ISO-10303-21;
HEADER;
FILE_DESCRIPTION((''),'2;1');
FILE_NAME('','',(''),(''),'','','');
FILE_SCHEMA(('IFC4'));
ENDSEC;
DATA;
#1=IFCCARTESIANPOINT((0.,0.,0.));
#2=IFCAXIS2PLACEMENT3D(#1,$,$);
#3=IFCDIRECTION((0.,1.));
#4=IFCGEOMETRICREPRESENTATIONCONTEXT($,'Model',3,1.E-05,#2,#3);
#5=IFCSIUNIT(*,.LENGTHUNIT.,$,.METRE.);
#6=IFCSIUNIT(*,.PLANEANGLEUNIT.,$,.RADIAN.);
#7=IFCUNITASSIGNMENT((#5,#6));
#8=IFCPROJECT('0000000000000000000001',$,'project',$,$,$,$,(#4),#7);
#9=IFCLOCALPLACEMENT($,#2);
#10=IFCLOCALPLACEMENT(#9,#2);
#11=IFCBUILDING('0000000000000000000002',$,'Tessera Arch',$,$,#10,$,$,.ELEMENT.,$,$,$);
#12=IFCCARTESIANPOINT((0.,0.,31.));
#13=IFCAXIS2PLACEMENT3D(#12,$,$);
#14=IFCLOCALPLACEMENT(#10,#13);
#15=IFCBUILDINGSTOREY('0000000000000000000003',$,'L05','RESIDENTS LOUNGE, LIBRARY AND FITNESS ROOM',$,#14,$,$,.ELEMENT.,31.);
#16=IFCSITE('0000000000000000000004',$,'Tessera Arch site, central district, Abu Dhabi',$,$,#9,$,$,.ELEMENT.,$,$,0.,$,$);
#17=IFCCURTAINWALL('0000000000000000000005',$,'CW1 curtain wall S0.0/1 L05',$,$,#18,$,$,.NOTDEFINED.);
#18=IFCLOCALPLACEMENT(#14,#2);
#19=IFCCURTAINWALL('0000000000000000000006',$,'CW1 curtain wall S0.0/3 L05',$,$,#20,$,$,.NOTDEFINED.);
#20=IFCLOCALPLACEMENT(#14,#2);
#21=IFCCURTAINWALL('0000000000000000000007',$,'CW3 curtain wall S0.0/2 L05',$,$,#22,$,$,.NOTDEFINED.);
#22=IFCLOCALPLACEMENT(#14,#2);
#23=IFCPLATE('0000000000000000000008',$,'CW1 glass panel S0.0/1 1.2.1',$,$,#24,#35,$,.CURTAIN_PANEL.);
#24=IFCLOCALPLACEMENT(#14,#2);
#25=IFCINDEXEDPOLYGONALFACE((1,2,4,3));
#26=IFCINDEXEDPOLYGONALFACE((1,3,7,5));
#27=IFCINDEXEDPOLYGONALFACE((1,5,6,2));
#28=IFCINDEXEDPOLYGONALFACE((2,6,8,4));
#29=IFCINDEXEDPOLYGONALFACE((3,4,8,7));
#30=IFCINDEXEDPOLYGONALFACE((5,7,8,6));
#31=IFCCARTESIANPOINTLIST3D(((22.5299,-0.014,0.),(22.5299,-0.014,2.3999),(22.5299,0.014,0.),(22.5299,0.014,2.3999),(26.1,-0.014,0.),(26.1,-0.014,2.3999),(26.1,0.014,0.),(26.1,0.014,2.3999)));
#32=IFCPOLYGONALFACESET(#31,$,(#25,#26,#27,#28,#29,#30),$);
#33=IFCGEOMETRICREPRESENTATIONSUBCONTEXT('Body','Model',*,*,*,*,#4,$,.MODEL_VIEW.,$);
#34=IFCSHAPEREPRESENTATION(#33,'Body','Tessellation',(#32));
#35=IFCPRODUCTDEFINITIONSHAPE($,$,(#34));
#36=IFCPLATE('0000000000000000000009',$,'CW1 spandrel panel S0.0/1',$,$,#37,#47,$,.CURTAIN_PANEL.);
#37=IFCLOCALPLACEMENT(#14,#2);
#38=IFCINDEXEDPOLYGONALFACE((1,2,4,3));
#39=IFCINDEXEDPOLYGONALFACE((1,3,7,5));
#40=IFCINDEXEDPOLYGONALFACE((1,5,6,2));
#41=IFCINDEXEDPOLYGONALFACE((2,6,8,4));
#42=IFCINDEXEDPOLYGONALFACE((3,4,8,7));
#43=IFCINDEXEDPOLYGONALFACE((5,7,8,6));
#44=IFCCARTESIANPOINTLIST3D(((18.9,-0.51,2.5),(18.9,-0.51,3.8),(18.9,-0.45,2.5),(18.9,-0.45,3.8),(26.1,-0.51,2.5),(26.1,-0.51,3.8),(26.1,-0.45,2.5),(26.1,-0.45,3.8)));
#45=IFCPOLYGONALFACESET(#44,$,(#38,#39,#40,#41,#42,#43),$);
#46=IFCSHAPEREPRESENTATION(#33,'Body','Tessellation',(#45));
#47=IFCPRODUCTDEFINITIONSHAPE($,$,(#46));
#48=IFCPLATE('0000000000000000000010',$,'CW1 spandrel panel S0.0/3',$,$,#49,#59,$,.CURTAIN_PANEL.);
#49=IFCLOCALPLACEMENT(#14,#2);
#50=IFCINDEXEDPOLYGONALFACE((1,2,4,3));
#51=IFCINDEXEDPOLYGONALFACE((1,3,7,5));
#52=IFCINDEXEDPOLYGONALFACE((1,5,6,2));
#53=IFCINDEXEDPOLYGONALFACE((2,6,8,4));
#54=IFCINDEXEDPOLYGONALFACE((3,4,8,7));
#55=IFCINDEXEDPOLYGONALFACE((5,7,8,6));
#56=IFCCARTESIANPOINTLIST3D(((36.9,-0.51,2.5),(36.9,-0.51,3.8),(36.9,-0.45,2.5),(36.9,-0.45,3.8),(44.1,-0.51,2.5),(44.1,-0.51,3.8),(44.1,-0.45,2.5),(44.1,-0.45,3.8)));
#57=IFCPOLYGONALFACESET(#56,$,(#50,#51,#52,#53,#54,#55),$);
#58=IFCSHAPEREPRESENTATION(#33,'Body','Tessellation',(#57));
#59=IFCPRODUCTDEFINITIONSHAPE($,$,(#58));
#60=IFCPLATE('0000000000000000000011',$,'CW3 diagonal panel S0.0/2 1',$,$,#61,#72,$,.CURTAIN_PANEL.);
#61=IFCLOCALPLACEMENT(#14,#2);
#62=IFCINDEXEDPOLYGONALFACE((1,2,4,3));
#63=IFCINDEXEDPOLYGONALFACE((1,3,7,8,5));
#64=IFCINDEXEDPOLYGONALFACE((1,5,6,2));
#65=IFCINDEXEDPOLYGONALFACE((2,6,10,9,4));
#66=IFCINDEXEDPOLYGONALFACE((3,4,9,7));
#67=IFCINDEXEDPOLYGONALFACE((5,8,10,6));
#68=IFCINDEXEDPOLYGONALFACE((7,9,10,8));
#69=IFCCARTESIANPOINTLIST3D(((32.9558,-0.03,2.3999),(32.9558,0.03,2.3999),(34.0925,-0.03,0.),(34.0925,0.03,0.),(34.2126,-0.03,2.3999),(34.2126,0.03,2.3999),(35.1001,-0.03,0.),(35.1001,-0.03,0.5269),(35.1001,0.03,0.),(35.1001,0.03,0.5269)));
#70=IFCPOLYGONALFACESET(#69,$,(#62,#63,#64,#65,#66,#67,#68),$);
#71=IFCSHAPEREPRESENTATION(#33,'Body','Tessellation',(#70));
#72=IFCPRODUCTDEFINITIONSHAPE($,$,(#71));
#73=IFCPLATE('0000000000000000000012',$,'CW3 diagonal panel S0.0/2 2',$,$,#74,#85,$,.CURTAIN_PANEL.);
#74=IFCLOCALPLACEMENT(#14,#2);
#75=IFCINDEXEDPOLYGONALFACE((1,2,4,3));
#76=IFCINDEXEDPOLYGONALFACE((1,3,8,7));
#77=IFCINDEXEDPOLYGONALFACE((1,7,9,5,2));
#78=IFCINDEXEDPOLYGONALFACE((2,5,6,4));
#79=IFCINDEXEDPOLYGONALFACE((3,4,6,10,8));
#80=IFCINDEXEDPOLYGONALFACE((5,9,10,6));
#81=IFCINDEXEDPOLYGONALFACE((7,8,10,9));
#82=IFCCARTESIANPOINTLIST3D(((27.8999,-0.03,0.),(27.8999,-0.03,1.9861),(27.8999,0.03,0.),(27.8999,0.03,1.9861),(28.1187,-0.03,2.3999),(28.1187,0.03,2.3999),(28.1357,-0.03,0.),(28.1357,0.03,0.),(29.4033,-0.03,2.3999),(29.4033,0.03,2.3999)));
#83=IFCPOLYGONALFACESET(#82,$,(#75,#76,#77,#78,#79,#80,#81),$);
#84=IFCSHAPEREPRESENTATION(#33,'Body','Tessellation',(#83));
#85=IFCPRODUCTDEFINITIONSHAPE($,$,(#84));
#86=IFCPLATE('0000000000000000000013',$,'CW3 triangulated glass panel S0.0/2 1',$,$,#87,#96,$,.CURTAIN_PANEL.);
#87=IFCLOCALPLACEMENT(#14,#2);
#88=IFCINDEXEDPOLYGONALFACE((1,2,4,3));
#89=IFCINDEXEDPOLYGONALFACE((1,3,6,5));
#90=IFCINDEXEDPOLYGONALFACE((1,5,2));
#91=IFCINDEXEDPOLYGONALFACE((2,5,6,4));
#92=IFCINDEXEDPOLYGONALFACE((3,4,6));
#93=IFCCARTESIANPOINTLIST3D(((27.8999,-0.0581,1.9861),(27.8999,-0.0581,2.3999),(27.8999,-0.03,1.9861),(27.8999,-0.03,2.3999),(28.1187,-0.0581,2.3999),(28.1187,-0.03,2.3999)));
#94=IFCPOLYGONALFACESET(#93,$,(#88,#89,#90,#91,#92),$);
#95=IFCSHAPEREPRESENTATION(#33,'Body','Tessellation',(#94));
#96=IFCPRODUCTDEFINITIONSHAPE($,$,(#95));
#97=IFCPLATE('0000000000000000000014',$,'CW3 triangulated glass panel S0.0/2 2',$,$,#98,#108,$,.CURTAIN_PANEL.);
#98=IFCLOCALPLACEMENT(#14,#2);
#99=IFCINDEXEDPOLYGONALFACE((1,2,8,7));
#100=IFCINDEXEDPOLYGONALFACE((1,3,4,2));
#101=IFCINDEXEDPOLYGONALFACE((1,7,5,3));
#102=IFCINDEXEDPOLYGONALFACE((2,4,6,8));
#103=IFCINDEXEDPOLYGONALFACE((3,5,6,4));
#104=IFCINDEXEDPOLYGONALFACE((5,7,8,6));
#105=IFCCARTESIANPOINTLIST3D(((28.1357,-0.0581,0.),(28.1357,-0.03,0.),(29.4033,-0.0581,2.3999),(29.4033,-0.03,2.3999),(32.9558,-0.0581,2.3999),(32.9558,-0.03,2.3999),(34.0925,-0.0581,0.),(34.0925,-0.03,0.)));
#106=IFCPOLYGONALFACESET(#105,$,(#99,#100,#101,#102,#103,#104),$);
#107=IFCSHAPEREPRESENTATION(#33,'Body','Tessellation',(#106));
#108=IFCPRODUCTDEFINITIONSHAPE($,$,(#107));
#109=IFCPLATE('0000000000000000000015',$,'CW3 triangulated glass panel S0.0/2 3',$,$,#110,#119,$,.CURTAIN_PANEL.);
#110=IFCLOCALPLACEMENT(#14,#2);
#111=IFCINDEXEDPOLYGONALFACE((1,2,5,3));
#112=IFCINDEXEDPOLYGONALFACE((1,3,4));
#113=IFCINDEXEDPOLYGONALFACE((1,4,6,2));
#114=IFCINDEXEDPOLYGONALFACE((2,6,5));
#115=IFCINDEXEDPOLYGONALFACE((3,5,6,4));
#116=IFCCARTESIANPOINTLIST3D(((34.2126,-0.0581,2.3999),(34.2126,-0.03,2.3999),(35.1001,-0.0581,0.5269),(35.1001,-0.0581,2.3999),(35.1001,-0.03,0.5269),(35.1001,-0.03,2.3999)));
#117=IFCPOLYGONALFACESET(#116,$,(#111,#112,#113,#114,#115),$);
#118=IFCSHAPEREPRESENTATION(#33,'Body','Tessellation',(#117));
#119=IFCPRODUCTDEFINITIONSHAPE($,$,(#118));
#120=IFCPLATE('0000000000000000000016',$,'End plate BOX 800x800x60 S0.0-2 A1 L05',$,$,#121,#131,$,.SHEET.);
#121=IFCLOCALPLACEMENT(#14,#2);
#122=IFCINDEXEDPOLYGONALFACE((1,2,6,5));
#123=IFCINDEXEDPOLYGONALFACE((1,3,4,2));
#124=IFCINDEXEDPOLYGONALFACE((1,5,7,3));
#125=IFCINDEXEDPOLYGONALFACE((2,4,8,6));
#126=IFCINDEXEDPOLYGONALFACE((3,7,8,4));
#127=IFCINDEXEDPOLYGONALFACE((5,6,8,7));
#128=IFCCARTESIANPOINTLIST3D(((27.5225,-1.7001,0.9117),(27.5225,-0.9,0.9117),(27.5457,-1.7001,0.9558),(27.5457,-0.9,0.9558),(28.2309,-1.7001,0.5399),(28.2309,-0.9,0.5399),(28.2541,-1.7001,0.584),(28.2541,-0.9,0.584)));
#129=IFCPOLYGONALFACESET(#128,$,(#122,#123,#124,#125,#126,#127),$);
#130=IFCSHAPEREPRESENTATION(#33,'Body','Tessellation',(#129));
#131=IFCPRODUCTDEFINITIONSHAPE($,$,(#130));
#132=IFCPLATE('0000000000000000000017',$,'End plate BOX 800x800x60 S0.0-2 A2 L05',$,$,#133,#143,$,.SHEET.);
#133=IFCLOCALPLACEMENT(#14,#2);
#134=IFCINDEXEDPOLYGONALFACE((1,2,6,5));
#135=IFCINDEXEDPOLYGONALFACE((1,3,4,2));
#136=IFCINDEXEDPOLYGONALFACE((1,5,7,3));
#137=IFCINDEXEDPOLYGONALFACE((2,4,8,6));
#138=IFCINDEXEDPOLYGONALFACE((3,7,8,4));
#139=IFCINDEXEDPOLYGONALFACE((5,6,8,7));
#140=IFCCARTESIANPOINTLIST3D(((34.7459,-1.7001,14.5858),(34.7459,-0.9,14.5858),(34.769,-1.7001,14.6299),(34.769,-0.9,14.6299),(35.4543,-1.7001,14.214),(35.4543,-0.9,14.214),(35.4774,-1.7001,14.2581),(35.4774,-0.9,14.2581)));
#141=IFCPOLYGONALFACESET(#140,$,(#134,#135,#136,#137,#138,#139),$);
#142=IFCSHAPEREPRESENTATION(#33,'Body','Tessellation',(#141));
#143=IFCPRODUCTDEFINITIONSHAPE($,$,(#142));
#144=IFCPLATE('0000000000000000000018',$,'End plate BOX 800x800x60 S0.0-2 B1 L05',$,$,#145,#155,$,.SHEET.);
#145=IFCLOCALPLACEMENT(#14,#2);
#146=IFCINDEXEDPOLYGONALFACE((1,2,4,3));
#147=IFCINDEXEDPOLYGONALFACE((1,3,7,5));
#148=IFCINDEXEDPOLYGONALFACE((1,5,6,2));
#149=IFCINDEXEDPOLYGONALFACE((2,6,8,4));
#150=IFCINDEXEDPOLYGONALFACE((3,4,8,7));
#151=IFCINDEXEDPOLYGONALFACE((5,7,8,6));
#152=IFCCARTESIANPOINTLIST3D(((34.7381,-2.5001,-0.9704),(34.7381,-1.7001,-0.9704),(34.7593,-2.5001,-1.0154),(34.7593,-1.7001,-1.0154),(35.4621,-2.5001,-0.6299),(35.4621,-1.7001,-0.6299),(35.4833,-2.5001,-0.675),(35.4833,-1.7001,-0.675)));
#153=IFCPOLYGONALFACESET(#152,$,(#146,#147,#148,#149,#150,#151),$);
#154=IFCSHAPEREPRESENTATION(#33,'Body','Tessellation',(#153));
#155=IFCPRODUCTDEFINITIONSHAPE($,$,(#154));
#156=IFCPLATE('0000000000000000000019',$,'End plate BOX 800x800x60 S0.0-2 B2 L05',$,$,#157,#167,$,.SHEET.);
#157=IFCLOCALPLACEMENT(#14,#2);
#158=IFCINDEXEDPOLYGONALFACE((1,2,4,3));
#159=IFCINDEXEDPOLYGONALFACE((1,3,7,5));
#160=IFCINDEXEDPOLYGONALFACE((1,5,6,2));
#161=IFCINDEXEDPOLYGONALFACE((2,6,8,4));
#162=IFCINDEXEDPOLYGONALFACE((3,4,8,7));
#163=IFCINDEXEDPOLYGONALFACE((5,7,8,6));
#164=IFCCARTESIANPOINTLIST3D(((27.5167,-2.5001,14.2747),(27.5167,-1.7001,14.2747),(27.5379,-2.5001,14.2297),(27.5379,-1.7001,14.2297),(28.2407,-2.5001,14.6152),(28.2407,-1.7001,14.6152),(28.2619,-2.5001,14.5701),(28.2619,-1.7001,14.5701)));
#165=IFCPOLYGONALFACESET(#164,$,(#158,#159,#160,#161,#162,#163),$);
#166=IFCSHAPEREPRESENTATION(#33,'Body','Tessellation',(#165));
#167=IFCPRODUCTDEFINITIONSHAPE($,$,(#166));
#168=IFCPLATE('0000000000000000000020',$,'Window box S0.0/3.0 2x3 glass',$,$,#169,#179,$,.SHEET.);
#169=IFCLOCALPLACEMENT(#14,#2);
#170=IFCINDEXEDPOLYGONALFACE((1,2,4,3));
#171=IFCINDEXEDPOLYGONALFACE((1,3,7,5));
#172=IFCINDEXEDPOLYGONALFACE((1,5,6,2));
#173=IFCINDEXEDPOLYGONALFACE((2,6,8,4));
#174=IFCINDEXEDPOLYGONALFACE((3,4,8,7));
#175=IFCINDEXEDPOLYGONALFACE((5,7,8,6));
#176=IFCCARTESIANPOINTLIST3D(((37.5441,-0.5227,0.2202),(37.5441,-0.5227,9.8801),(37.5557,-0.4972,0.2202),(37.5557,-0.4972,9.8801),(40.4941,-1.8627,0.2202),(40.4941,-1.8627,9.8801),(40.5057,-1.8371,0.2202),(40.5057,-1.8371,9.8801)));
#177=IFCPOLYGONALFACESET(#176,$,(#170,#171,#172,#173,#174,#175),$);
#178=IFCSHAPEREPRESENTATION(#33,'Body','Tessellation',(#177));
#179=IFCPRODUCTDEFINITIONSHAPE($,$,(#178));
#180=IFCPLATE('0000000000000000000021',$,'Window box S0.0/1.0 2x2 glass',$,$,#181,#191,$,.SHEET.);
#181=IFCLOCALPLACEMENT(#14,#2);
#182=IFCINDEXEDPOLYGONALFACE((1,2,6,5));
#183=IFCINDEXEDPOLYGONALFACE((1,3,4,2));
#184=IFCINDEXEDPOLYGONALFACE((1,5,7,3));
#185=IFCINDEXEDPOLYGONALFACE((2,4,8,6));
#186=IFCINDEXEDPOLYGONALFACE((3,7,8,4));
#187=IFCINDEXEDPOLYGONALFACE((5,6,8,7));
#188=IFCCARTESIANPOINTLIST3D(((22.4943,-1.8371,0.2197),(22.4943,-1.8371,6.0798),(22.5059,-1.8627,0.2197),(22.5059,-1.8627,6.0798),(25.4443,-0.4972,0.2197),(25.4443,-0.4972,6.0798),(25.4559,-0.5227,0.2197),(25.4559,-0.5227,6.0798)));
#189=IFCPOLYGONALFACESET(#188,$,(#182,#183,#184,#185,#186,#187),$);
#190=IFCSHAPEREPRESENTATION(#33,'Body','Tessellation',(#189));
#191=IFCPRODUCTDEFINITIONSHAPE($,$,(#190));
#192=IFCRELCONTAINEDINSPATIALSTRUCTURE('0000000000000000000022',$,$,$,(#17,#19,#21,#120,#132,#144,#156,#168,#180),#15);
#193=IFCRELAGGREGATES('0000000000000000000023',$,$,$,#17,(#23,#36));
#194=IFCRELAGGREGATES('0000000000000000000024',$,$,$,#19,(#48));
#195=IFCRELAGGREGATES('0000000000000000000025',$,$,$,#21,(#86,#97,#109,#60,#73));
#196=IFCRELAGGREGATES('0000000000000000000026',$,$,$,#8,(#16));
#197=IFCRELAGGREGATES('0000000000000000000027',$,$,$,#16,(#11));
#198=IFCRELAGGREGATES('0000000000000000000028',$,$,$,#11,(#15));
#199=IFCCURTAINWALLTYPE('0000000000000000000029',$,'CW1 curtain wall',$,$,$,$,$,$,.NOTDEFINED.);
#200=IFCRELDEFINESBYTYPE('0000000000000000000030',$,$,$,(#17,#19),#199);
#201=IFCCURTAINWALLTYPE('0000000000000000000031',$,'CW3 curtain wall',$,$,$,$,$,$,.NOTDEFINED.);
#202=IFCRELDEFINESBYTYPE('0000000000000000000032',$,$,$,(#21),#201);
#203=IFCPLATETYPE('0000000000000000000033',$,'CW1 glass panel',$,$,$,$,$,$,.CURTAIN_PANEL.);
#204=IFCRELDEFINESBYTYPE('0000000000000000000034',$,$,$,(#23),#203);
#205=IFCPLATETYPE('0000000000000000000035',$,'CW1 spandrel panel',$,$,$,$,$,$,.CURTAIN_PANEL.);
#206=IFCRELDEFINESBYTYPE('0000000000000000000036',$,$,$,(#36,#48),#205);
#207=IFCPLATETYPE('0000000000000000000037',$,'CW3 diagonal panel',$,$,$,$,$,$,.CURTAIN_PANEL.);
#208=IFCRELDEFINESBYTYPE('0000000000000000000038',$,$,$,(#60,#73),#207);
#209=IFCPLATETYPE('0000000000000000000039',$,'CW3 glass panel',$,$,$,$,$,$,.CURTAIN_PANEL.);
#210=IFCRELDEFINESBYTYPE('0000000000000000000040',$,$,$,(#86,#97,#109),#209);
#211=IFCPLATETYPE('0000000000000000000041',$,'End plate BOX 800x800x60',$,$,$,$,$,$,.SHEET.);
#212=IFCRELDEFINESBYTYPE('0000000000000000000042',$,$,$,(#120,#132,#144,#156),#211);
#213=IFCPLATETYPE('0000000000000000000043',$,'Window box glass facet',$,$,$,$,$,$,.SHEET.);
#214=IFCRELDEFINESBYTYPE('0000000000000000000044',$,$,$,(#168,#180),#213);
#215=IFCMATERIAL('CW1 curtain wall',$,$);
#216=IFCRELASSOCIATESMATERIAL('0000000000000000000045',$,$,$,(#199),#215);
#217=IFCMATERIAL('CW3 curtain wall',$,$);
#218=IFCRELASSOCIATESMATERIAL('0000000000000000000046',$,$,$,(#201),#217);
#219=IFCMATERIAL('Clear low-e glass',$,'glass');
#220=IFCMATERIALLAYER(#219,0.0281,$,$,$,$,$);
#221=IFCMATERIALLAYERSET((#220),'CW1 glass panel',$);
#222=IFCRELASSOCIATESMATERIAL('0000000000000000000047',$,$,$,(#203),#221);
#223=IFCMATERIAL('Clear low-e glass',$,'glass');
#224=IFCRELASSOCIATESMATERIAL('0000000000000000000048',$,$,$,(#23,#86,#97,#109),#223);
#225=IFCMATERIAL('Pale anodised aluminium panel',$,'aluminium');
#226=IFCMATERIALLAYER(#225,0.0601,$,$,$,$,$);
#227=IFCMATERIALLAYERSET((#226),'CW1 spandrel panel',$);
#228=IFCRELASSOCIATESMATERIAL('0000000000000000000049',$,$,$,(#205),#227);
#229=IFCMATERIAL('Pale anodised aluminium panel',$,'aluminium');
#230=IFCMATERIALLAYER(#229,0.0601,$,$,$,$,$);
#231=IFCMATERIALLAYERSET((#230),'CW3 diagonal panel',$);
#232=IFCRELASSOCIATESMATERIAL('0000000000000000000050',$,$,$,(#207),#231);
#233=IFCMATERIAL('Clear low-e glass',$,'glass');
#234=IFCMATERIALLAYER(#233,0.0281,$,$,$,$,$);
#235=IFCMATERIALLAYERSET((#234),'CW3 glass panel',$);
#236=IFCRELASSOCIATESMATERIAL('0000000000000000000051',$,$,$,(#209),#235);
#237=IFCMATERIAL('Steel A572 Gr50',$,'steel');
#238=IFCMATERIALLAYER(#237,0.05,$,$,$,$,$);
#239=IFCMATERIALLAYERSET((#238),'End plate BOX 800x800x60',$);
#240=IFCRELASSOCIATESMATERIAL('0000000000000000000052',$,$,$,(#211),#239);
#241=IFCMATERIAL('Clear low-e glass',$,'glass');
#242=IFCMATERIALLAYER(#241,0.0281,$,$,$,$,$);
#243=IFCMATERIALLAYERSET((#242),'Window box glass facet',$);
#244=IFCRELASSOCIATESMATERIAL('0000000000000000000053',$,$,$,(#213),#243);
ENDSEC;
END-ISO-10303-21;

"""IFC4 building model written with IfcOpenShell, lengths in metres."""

from ifc_helpers import new_model, si_unit, direction, frame, origin, origin_2d, place, context, subcontext, project, spatial, polyline, rectangle, outline, extrude, material, layer, layer_set, type_object, element, aggregate, save


model = new_model("IFC4")

# Units and contexts
model_context = context("Model", 3, precision=1e-05, world=origin(), true_north=direction((0.0, 1.0)))
body_context = subcontext(model_context, "Body", "Model", "MODEL_VIEW")
ifc_project = project(units=[si_unit("LENGTHUNIT", "METRE"), si_unit("PLANEANGLEUNIT", "RADIAN")], contexts=[model_context])

# Site, building, storey
site_placement = place(None, origin())
site = spatial("IfcSite", under=ifc_project, at=site_placement, Name="Tessera Arch site, central district, Abu Dhabi", CompositionType="ELEMENT", RefElevation=0.0)
building_placement = place(site_placement, origin())
building = spatial("IfcBuilding", under=site, at=building_placement, Name="Tessera Arch", CompositionType="ELEMENT")
storey_placement = place(building_placement, frame((0.0, 0.0, 31.0)))
storey = spatial("IfcBuildingStorey", under=building, at=storey_placement, Name="L05", Description="RESIDENTS LOUNGE, LIBRARY AND FITNESS ROOM", CompositionType="ELEMENT", Elevation=31.0)

# Curtain walls
ifc_material_1 = material(Name="CW1 curtain wall")
curtain_wall_type_1 = type_object("IfcCurtainWallType", Name="CW1 curtain wall", PredefinedType="NOTDEFINED", material=ifc_material_1)
curtain_wall_1_placement = place(storey_placement, origin())
curtain_wall_1 = element("IfcCurtainWall", 1, at=curtain_wall_1_placement, inside=storey, type_object=curtain_wall_type_1, Name="CW1 curtain wall S0.0/1 L05", PredefinedType="NOTDEFINED")
curtain_wall_2_placement = place(storey_placement, origin())
curtain_wall_2 = element("IfcCurtainWall", 2, at=curtain_wall_2_placement, inside=storey, type_object=curtain_wall_type_1, Name="CW1 curtain wall S0.0/3 L05", PredefinedType="NOTDEFINED")
ifc_material_2 = material(Name="CW3 curtain wall")
curtain_wall_type_2 = type_object("IfcCurtainWallType", Name="CW3 curtain wall", PredefinedType="NOTDEFINED", material=ifc_material_2)
curtain_wall_3_placement = place(storey_placement, origin())
curtain_wall_3 = element("IfcCurtainWall", 3, at=curtain_wall_3_placement, inside=storey, type_object=curtain_wall_type_2, Name="CW3 curtain wall S0.0/2 L05", PredefinedType="NOTDEFINED")

# Plates
ifc_material_3 = material(Name="Clear low-e glass", Category="glass")
ifc_material_4 = material(Name="Clear low-e glass", Category="glass")
ifc_layer_1 = layer(ifc_material_4, 0.0281)
ifc_layer_set_1 = layer_set([ifc_layer_1], Name="CW1 glass panel")
plate_type_1 = type_object("IfcPlateType", Name="CW1 glass panel", PredefinedType="CURTAIN_PANEL", material=ifc_layer_set_1)
plate_1_placement = place(storey_placement, frame((24.3149, 0.0, 0.0), z_axis=(0.0, 0.0, 1.0), x_axis=(1.0, 0.0, 0.0)))
plate_1 = element("IfcPlate", 4, at=plate_1_placement, type_object=plate_type_1, material=ifc_material_3, Name="CW1 glass panel S0.0/1 1.2.1", PredefinedType="CURTAIN_PANEL", context=body_context, shape_type="SweptSolid", body=[
    extrude(rectangle(XDim=3.5701, YDim=0.0281, at=origin_2d()), origin(), (0.0, 0.0, 1.0), 2.3999),
])
ifc_material_5 = material(Name="Pale anodised aluminium panel", Category="aluminium")
ifc_layer_2 = layer(ifc_material_5, 0.0601)
ifc_layer_set_2 = layer_set([ifc_layer_2], Name="CW1 spandrel panel")
plate_type_2 = type_object("IfcPlateType", Name="CW1 spandrel panel", PredefinedType="CURTAIN_PANEL", material=ifc_layer_set_2)
plate_2_placement = place(storey_placement, frame((22.5, -0.48, 2.5), z_axis=(0.0, 0.0, 1.0), x_axis=(1.0, 0.0, 0.0)))
plate_2 = element("IfcPlate", 5, at=plate_2_placement, type_object=plate_type_2, Name="CW1 spandrel panel S0.0/1", PredefinedType="CURTAIN_PANEL", context=body_context, shape_type="SweptSolid", body=[
    extrude(rectangle(XDim=7.2, YDim=0.0601, at=origin_2d()), origin(), (0.0, 0.0, 1.0), 1.3),
])
aggregate(curtain_wall_1, [plate_1, plate_2])
plate_3_placement = place(storey_placement, frame((40.5, -0.48, 2.5), z_axis=(0.0, 0.0, 1.0), x_axis=(1.0, 0.0, 0.0)))
plate_3 = element("IfcPlate", 6, at=plate_3_placement, type_object=plate_type_2, Name="CW1 spandrel panel S0.0/3", PredefinedType="CURTAIN_PANEL", context=body_context, shape_type="SweptSolid", body=[
    extrude(rectangle(XDim=7.2, YDim=0.0601, at=origin_2d()), origin(), (0.0, 0.0, 1.0), 1.3),
])
aggregate(curtain_wall_2, [plate_3])
ifc_material_6 = material(Name="Pale anodised aluminium panel", Category="aluminium")
ifc_layer_3 = layer(ifc_material_6, 0.0601)
ifc_layer_set_3 = layer_set([ifc_layer_3], Name="CW3 diagonal panel")
plate_type_3 = type_object("IfcPlateType", Name="CW3 diagonal panel", PredefinedType="CURTAIN_PANEL", material=ifc_layer_set_3)
plate_4_placement = place(storey_placement, frame((35.1001, -0.03, 0.0), z_axis=(0.0, -1.0, 0.0), x_axis=(0.0, 0.0, 1.0)))
plate_4 = element("IfcPlate", 7, at=plate_4_placement, type_object=plate_type_3, Name="CW3 diagonal panel S0.0/2 1", PredefinedType="CURTAIN_PANEL", context=body_context, shape_type="SweptSolid", body=[
    extrude(outline(polyline([(0.0, 0.0), (0.5269, 0.0), (2.3999, 0.8875), (2.3999, 2.1443), (0.0, 1.0076), (0.0, 0.0)])), origin(), (0.0, 0.0, -1.0), 0.0601),
])
plate_5_placement = place(storey_placement, frame((29.4033, -0.03, 2.3999), z_axis=(0.0, -1.0, 0.0), x_axis=(-1.0, 0.0, 0.0)))
plate_5 = element("IfcPlate", 8, at=plate_5_placement, type_object=plate_type_3, Name="CW3 diagonal panel S0.0/2 2", PredefinedType="CURTAIN_PANEL", context=body_context, shape_type="SweptSolid", body=[
    extrude(outline(polyline([(0.0, 0.0), (1.2847, 0.0), (1.5034, 0.4138), (1.5034, 2.3999), (1.2676, 2.3999), (0.0, 0.0)])), origin(), (0.0, 0.0, -1.0), 0.0601),
])
ifc_material_7 = material(Name="Clear low-e glass", Category="glass")
ifc_layer_4 = layer(ifc_material_7, 0.0281)
ifc_layer_set_4 = layer_set([ifc_layer_4], Name="CW3 glass panel")
plate_type_4 = type_object("IfcPlateType", Name="CW3 glass panel", PredefinedType="CURTAIN_PANEL", material=ifc_layer_set_4)
plate_6_placement = place(storey_placement, frame((27.8999, -0.0581, 2.3999), z_axis=(0.0, -1.0, 0.0), x_axis=(0.0, 0.0, -1.0)))
plate_6 = element("IfcPlate", 9, at=plate_6_placement, type_object=plate_type_4, material=ifc_material_3, Name="CW3 triangulated glass panel S0.0/2 1", PredefinedType="CURTAIN_PANEL", context=body_context, shape_type="SweptSolid", body=[
    extrude(outline(polyline([(0.0, 0.0), (0.4138, 0.0), (0.0, 0.2188), (0.0, 0.0)])), origin(), (0.0, 0.0, -1.0), 0.0281),
])
plate_7_placement = place(storey_placement, frame((32.9558, -0.0581, 2.3999), z_axis=(0.0, -1.0, 0.0), x_axis=(-1.0, 0.0, 0.0)))
plate_7 = element("IfcPlate", 10, at=plate_7_placement, type_object=plate_type_4, material=ifc_material_3, Name="CW3 triangulated glass panel S0.0/2 2", PredefinedType="CURTAIN_PANEL", context=body_context, shape_type="SweptSolid", body=[
    extrude(outline(polyline([(0.0, 0.0), (3.5525, 0.0), (4.8201, 2.3999), (-1.1367, 2.3999), (0.0, 0.0)])), origin(), (0.0, 0.0, -1.0), 0.0281),
])
plate_8_placement = place(storey_placement, frame((35.1001, -0.0581, 2.3999), z_axis=(0.0, -1.0, 0.0), x_axis=(-1.0, 0.0, 0.0)))
plate_8 = element("IfcPlate", 11, at=plate_8_placement, type_object=plate_type_4, material=ifc_material_3, Name="CW3 triangulated glass panel S0.0/2 3", PredefinedType="CURTAIN_PANEL", context=body_context, shape_type="SweptSolid", body=[
    extrude(outline(polyline([(0.0, 0.0), (0.8875, 0.0), (0.0, 1.873), (0.0, 0.0)])), origin(), (0.0, 0.0, -1.0), 0.0281),
])
aggregate(curtain_wall_3, [plate_6, plate_7, plate_8, plate_4, plate_5])

# Plates
ifc_material_8 = material(Name="Steel A572 Gr50", Category="steel")
ifc_layer_5 = layer(ifc_material_8, 0.05)
ifc_layer_set_5 = layer_set([ifc_layer_5], Name="End plate BOX 800x800x60")
plate_type_5 = type_object("IfcPlateType", Name="End plate BOX 800x800x60", PredefinedType="SHEET", material=ifc_layer_set_5)
for number, where, z_axis, x_axis, name in (
    (12, (27.8767, -1.3, 0.7258), (0.464738, 0.0, 0.885448), (0.0, 1.0, 0.0), "End plate BOX 800x800x60 S0.0-2 A1 L05"),
    (13, (35.1001, -1.3, 14.3999), (0.464738, 0.0, 0.885448), (0.0, 1.0, 0.0), "End plate BOX 800x800x60 S0.0-2 A2 L05"),
    (14, (35.1213, -2.1001, -0.8452), (-0.425561, 0.0, 0.90493), (0.0, -1.0, 0.0), "End plate BOX 800x800x60 S0.0-2 B1 L05"),
    (15, (27.8999, -2.1001, 14.3999), (-0.425561, 0.0, 0.90493), (0.0, -1.0, 0.0), "End plate BOX 800x800x60 S0.0-2 B2 L05"),
):
    element("IfcPlate", number, at=place(storey_placement, frame(where, z_axis=z_axis, x_axis=x_axis)), inside=storey, type_object=plate_type_5, Name=name, PredefinedType="SHEET", context=body_context, shape_type="SweptSolid", body=[
        extrude(rectangle(XDim=0.8, YDim=0.8, at=origin_2d()), origin(), (0.0, 0.0, 1.0), 0.0498),
    ])
ifc_material_9 = material(Name="Clear low-e glass", Category="glass")
ifc_layer_6 = layer(ifc_material_9, 0.0281)
ifc_layer_set_6 = layer_set([ifc_layer_6], Name="Window box glass facet")
plate_type_6 = type_object("IfcPlateType", Name="Window box glass facet", PredefinedType="SHEET", material=ifc_layer_set_6)
plate_9_placement = place(storey_placement, frame((39.0249, -1.1799, 0.2202), z_axis=(0.0, 0.0, 1.0), x_axis=(0.910472, -0.41357, 0.0)))
element("IfcPlate", 16, at=plate_9_placement, inside=storey, type_object=plate_type_6, Name="Window box S0.0/3.0 2x3 glass", PredefinedType="SHEET", context=body_context, shape_type="SweptSolid", body=[
    extrude(rectangle(XDim=3.24, YDim=0.0281, at=origin_2d()), origin(), (0.0, 0.0, 1.0), 9.6599),
])
plate_10_placement = place(storey_placement, frame((23.9751, -1.1799, 0.2197), z_axis=(0.0, 0.0, 1.0), x_axis=(-0.910472, -0.41357, 0.0)))
element("IfcPlate", 17, at=plate_10_placement, inside=storey, type_object=plate_type_6, Name="Window box S0.0/1.0 2x2 glass", PredefinedType="SHEET", context=body_context, shape_type="SweptSolid", body=[
    extrude(rectangle(XDim=3.24, YDim=0.0281, at=origin_2d()), origin(), (0.0, 0.0, 1.0), 5.8601),
])

save(model, "model.ifc")
